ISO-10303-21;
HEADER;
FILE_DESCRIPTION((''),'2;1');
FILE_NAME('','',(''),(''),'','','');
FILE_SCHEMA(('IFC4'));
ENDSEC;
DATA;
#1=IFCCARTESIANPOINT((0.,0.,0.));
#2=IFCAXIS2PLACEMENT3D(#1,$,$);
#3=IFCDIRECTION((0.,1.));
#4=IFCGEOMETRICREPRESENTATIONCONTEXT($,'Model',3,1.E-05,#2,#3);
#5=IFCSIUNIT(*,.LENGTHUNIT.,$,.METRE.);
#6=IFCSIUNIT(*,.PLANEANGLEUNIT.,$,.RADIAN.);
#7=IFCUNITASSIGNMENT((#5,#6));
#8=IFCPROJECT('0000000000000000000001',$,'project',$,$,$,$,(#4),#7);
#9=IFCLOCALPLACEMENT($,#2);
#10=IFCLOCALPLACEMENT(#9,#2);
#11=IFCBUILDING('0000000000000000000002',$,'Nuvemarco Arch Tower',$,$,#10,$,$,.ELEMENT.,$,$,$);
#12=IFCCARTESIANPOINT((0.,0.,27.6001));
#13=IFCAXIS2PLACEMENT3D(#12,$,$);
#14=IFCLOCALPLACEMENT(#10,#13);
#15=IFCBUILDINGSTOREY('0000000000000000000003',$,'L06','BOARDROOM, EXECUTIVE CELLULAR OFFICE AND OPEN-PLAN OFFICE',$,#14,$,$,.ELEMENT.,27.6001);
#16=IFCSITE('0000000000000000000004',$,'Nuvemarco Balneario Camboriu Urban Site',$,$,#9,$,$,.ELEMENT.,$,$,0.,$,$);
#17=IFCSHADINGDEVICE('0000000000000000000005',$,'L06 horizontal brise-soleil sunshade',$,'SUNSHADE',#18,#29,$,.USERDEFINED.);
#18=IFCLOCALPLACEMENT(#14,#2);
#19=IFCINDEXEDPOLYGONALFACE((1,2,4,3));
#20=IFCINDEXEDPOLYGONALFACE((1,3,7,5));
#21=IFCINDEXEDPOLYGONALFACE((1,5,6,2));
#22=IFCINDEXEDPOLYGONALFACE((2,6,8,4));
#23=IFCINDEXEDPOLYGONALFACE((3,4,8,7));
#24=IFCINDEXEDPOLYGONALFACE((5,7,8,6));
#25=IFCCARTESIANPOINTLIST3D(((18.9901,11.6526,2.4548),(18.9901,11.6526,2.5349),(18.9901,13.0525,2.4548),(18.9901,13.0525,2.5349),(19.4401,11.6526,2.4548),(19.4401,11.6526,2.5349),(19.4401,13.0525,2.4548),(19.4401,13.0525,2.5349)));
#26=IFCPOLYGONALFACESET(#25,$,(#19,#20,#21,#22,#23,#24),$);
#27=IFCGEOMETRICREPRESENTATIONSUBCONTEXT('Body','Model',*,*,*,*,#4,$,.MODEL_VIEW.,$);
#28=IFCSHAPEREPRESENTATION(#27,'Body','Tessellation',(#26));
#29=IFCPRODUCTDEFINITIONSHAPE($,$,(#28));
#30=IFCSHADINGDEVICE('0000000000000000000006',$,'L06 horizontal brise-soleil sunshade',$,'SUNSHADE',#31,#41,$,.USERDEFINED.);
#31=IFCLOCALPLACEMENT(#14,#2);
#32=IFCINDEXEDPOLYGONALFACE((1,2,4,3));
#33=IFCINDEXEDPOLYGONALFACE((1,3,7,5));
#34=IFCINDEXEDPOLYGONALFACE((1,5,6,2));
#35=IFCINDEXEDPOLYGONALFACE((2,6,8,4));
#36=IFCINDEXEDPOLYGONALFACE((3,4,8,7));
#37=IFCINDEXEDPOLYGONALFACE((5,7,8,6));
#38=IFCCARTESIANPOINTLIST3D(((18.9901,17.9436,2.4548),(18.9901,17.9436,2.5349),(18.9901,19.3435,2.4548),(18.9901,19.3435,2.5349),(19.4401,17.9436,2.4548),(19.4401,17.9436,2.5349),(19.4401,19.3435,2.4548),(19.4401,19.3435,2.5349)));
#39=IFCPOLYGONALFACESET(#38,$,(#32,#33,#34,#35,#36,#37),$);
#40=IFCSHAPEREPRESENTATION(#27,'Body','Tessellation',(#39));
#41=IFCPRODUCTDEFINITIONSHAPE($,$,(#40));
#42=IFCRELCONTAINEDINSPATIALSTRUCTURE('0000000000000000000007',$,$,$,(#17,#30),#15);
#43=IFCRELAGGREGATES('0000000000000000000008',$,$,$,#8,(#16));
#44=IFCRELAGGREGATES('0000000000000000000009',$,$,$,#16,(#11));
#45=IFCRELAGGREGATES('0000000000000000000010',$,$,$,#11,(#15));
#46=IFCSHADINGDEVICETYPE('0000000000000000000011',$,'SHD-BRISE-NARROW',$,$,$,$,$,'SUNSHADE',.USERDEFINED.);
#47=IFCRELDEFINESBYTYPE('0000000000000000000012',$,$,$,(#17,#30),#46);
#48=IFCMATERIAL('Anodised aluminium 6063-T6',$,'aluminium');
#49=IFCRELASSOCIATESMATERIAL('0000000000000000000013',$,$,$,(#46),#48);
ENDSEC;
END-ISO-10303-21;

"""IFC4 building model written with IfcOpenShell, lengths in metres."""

from ifc_helpers import new_model, si_unit, direction, frame, origin, origin_2d, place, context, subcontext, project, spatial, rectangle, extrude, source, transform, mapped, material, type_object, type_shapes, element, save


model = new_model("IFC4")

# Units and contexts
model_context = context("Model", 3, precision=1e-05, world=origin(), true_north=direction((0.0, 1.0)))
body_context = subcontext(model_context, "Body", "Model", "MODEL_VIEW")
ifc_project = project(units=[si_unit("LENGTHUNIT", "METRE"), si_unit("PLANEANGLEUNIT", "RADIAN")], contexts=[model_context])

# Site, building, storey
site_placement = place(None, origin())
site = spatial("IfcSite", under=ifc_project, at=site_placement, Name="Nuvemarco Balneario Camboriu Urban Site", CompositionType="ELEMENT", RefElevation=0.0)
building_placement = place(site_placement, origin())
building = spatial("IfcBuilding", under=site, at=building_placement, Name="Nuvemarco Arch Tower", CompositionType="ELEMENT")
storey_placement = place(building_placement, frame((0.0, 0.0, 27.6001)))
storey = spatial("IfcBuildingStorey", under=building, at=storey_placement, Name="L06", Description="BOARDROOM, EXECUTIVE CELLULAR OFFICE AND OPEN-PLAN OFFICE", CompositionType="ELEMENT", Elevation=27.6001)

# Shading devices
ifc_material_1 = material(Name="Anodised aluminium 6063-T6", Category="aluminium")
shading_device_type_1 = type_object("IfcShadingDeviceType", Name="SHD-BRISE-NARROW", ElementType="SUNSHADE", PredefinedType="USERDEFINED", material=ifc_material_1)
shared_shape_1 = source(origin(), body_context, "Body", "SweptSolid", [
    extrude(rectangle(XDim=1.3999, YDim=0.45, at=origin_2d()), origin(), (0.0, 0.0, 1.0), 0.0801),
])
type_shapes(shading_device_type_1, [shared_shape_1])
for number, where, z_axis, x_axis, name in (
    (1, (19.2151, 12.3525, 2.4548), (0.0, 0.0, 1.0), (0.0, 1.0, 0.0), "L06 horizontal brise-soleil sunshade"),
    (2, (19.2151, 18.6436, 2.4548), (0.0, 0.0, 1.0), (0.0, 1.0, 0.0), "L06 horizontal brise-soleil sunshade"),
):
    element("IfcShadingDevice", number, at=place(storey_placement, frame(where, z_axis=z_axis, x_axis=x_axis)), inside=storey, type_object=shading_device_type_1, Name=name, ObjectType="SUNSHADE", PredefinedType="USERDEFINED", context=body_context, shape_type="MappedRepresentation", body=[
        mapped(shared_shape_1, transform((0.0, 0.0, 0.0), scale=1.0)),
    ])

save(model, "model.ifc")
